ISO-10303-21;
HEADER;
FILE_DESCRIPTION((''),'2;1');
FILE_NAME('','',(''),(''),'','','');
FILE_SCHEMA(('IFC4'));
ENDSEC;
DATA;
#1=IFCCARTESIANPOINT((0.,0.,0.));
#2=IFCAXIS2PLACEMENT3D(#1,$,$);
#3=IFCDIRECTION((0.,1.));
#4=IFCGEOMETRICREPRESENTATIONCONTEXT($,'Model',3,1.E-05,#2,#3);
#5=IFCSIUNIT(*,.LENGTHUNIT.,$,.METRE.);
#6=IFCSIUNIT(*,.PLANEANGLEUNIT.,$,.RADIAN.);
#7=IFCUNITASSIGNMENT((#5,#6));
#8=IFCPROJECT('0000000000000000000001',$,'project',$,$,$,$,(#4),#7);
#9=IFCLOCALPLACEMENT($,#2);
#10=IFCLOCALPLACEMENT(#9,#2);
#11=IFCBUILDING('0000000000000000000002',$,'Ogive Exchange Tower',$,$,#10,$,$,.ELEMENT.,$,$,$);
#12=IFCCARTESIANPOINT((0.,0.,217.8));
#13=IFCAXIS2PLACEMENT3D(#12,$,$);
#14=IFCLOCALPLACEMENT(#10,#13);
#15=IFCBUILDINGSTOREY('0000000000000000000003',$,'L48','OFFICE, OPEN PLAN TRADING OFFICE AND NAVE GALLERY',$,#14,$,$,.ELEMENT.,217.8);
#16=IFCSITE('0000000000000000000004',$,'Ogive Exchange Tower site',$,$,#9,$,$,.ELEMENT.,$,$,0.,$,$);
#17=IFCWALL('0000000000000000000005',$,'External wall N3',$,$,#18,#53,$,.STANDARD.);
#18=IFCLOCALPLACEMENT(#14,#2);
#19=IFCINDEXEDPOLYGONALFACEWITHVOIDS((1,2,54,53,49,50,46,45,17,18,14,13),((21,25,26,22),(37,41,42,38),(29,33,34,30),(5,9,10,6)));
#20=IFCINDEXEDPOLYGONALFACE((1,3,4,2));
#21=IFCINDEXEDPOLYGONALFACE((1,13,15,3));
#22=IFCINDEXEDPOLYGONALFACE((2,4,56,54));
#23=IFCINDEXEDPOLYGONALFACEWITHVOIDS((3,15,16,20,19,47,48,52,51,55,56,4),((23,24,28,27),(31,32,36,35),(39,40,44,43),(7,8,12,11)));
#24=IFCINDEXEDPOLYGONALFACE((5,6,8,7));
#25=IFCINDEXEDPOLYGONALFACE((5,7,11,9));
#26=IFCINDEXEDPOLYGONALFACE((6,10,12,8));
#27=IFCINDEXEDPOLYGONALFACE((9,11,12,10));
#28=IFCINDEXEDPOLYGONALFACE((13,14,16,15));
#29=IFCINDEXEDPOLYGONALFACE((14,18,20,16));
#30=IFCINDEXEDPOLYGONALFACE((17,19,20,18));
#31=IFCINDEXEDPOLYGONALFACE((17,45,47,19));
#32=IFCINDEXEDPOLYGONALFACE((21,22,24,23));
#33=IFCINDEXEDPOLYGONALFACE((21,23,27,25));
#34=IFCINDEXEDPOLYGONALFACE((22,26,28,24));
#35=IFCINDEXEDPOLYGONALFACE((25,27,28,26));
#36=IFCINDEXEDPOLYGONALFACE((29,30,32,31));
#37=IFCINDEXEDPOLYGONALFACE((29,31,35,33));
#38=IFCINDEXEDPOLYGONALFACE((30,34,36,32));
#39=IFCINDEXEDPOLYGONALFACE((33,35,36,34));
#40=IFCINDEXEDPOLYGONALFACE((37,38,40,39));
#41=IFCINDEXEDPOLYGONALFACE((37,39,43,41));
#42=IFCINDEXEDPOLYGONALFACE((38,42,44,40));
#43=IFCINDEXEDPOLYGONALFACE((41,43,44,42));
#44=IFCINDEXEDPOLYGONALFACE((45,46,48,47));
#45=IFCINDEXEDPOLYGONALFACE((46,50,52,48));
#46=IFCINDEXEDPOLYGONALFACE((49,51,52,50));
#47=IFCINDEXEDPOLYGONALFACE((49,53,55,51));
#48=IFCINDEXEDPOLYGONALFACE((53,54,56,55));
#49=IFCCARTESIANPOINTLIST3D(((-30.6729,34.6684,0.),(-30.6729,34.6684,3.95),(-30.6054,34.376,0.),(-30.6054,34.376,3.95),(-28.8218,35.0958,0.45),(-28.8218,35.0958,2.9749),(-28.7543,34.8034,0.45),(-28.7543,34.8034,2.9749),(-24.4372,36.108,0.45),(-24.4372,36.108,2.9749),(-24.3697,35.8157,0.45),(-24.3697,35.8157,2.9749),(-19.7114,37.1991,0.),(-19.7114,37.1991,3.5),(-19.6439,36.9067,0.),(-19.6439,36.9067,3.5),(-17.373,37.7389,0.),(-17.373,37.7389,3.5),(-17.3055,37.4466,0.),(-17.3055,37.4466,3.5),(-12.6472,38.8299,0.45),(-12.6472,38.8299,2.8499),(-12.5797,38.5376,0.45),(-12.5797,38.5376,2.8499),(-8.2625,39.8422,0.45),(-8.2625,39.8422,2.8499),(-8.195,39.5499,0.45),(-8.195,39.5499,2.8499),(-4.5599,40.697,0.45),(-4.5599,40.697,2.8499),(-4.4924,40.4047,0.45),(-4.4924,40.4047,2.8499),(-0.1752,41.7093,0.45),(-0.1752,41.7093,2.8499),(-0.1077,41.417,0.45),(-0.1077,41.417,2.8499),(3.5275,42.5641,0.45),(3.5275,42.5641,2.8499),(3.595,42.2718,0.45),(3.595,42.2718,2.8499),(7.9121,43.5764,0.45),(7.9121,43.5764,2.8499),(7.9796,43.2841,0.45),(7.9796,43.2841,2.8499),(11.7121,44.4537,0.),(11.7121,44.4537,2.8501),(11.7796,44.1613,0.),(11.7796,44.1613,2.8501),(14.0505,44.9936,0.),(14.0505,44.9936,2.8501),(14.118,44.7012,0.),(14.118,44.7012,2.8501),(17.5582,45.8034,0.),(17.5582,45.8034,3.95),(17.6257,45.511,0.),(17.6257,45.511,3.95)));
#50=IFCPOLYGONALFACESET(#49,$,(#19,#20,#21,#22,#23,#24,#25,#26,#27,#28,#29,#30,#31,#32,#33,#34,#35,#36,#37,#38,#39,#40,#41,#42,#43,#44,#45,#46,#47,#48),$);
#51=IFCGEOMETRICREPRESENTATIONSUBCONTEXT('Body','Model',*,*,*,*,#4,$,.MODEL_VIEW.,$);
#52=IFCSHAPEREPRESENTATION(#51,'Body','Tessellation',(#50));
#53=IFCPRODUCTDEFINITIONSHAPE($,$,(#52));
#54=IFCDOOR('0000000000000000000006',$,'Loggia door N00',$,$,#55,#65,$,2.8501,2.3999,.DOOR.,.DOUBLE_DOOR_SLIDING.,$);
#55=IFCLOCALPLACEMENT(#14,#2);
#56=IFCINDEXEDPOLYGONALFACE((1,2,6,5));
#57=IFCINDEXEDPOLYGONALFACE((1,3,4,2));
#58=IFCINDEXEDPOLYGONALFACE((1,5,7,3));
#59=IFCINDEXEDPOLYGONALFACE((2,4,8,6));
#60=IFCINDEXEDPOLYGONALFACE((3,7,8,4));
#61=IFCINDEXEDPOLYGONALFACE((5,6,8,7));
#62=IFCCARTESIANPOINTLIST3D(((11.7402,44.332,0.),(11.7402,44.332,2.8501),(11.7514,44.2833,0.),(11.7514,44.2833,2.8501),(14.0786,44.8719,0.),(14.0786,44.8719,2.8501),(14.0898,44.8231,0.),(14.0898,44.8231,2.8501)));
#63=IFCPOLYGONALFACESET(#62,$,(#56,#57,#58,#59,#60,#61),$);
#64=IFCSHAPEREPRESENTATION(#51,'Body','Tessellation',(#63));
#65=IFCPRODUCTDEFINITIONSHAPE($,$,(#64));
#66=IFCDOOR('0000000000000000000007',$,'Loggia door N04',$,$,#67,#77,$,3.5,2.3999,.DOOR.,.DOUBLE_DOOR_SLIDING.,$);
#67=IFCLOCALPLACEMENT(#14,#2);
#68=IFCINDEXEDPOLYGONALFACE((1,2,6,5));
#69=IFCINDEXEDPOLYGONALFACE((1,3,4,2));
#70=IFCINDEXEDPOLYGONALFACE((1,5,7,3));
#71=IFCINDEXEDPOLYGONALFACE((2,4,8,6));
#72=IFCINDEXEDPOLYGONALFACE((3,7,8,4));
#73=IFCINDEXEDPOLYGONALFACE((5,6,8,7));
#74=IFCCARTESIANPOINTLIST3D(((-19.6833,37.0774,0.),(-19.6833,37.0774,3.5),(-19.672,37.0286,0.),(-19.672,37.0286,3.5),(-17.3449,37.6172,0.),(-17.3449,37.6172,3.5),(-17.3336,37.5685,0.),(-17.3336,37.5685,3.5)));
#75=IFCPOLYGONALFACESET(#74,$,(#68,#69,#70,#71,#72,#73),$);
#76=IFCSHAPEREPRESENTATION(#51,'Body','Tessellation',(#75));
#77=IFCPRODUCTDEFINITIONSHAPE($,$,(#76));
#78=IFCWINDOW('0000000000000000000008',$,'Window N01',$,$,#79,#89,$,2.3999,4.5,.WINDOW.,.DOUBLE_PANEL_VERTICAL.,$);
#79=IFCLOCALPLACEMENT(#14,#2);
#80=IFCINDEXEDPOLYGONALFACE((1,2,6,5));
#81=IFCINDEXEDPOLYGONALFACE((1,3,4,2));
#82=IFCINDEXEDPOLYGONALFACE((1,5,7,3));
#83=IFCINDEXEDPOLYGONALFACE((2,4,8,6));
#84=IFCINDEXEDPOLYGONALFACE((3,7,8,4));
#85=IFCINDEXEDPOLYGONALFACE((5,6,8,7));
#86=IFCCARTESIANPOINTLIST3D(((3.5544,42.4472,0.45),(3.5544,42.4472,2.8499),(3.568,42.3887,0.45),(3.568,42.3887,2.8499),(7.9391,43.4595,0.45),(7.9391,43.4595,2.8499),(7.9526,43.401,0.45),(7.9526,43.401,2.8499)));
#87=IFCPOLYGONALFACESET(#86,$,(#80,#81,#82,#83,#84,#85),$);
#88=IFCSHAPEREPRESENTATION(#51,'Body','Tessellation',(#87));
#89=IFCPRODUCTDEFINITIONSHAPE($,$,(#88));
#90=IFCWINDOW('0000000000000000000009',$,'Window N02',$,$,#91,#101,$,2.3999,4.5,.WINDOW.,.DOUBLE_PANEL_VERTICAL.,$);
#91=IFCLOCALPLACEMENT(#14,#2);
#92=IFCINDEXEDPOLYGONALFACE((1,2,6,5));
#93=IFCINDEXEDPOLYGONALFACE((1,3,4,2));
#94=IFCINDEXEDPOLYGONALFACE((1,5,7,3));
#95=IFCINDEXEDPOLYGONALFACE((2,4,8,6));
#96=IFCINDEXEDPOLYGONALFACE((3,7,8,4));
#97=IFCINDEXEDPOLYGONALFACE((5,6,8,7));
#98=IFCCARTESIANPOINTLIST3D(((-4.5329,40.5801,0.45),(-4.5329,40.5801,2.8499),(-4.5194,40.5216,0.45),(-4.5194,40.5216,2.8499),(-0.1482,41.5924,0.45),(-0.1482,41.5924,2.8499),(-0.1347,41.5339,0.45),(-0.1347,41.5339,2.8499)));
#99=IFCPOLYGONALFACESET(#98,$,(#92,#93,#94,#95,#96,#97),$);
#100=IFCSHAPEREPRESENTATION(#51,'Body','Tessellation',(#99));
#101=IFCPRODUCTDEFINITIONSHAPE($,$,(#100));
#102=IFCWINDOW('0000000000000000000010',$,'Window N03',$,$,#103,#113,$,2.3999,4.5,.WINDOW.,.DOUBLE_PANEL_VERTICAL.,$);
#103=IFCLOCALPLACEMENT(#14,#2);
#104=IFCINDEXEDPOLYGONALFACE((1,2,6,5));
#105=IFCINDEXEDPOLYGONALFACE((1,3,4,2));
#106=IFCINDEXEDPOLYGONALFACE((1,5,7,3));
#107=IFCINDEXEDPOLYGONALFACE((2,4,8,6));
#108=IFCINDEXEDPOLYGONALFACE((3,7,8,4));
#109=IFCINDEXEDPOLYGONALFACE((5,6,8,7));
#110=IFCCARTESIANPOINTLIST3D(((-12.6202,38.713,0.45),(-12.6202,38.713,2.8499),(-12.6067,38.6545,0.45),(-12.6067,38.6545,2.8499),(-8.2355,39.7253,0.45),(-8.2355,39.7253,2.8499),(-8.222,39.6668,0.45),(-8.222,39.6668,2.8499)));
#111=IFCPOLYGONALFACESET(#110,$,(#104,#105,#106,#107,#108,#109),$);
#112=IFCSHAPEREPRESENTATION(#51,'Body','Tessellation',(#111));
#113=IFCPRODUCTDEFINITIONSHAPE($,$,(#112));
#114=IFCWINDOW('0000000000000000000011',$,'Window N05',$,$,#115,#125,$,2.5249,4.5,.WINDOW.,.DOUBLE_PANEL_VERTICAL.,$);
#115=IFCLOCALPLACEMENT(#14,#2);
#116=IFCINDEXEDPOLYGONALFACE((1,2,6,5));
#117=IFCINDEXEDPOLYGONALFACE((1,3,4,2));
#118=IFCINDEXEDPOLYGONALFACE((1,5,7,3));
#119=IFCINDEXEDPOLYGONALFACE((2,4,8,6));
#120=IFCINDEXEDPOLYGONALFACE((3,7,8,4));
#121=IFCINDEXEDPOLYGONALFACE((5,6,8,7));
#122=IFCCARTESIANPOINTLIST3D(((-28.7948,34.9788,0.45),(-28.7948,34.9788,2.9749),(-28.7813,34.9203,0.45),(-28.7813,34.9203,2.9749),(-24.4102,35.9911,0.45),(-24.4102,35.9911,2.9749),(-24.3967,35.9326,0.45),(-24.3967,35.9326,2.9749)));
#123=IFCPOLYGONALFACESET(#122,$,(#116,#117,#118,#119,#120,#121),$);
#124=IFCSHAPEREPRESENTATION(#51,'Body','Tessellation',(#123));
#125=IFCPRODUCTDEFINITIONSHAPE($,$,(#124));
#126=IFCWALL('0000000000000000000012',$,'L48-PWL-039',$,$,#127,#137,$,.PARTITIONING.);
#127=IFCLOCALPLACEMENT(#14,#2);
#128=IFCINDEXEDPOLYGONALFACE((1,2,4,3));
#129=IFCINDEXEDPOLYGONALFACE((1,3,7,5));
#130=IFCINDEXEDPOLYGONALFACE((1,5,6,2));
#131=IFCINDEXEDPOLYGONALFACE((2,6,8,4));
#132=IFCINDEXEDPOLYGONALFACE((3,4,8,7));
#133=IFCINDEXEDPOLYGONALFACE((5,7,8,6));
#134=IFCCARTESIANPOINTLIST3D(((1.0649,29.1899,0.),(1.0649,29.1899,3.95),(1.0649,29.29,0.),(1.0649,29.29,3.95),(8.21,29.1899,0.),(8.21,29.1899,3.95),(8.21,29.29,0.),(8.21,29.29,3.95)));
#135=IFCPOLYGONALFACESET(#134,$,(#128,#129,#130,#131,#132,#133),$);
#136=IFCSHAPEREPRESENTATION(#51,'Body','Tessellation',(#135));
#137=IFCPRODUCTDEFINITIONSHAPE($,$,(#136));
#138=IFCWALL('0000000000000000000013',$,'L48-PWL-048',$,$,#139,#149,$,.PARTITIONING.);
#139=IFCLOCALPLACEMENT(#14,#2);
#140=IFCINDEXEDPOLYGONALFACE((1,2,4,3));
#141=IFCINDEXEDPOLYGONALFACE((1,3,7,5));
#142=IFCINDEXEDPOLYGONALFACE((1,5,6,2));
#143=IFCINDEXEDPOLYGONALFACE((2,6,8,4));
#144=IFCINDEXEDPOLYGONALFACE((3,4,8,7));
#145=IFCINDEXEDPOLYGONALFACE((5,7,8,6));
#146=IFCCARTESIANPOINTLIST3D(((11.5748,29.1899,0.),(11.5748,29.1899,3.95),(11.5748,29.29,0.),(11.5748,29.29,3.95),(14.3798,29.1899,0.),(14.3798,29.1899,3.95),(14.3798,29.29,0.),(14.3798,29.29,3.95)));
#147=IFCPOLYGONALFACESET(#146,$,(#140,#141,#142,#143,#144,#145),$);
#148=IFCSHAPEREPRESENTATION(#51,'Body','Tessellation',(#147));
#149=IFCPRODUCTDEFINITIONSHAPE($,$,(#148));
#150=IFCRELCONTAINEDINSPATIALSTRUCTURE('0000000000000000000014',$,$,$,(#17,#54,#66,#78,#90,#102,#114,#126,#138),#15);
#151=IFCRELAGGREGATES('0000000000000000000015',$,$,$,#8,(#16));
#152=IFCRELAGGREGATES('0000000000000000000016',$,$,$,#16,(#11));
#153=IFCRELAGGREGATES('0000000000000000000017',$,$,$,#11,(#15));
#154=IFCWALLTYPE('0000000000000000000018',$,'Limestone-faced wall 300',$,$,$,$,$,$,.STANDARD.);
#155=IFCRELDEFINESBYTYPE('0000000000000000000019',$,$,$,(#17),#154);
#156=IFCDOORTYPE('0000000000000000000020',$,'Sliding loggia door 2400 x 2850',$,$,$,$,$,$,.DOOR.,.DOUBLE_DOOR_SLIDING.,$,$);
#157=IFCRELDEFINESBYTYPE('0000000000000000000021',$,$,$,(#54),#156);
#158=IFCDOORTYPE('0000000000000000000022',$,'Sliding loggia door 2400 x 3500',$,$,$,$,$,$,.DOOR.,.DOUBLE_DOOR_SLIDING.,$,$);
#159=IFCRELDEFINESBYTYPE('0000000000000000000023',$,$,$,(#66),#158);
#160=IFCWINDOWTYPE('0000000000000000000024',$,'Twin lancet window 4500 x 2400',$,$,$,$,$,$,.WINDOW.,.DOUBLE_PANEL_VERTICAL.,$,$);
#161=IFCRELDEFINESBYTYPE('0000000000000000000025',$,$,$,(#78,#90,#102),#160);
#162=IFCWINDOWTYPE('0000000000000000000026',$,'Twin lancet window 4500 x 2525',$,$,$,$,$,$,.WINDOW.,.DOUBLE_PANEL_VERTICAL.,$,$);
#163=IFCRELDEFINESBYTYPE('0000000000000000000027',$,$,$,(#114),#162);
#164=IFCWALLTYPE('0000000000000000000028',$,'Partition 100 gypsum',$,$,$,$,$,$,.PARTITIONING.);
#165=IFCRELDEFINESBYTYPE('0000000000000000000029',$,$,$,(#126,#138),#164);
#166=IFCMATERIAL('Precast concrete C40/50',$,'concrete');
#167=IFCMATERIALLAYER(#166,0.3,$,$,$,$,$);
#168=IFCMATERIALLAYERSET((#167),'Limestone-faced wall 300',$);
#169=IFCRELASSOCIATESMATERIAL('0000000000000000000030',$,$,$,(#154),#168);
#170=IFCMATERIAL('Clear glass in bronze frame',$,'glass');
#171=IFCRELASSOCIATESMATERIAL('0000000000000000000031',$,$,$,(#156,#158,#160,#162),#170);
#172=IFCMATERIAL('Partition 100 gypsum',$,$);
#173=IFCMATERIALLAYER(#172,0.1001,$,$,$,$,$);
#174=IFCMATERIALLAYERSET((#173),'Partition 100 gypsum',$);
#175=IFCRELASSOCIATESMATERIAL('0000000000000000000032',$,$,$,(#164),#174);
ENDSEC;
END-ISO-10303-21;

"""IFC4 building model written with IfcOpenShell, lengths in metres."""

from ifc_helpers import new_model, si_unit, direction, frame, frame_2d, origin, place, context, subcontext, project, spatial, rectangle, extrude, material, layer, layer_set, type_object, element, fill, save


model = new_model("IFC4")

# Units and contexts
model_context = context("Model", 3, precision=1e-05, world=origin(), true_north=direction((0.0, 1.0)))
body_context = subcontext(model_context, "Body", "Model", "MODEL_VIEW")
ifc_project = project(units=[si_unit("LENGTHUNIT", "METRE"), si_unit("PLANEANGLEUNIT", "RADIAN")], contexts=[model_context])

# Site, building, storey
site_placement = place(None, origin())
site = spatial("IfcSite", under=ifc_project, at=site_placement, Name="Ogive Exchange Tower site", CompositionType="ELEMENT", RefElevation=0.0)
building_placement = place(site_placement, origin())
building = spatial("IfcBuilding", under=site, at=building_placement, Name="Ogive Exchange Tower", CompositionType="ELEMENT")
storey_placement = place(building_placement, frame((0.0, 0.0, 217.8)))
storey = spatial("IfcBuildingStorey", under=building, at=storey_placement, Name="L48", Description="OFFICE, OPEN PLAN TRADING OFFICE AND NAVE GALLERY", CompositionType="ELEMENT", Elevation=217.8)

# Wall, openings, doors, windows
ifc_material_1 = material(Name="Precast concrete C40/50", Category="concrete")
ifc_layer_1 = layer(ifc_material_1, 0.3)
ifc_layer_set_1 = layer_set([ifc_layer_1], Name="Limestone-faced wall 300")
wall_type_1 = type_object("IfcWallType", Name="Limestone-faced wall 300", PredefinedType="STANDARD", material=ifc_layer_set_1)
wall_1_placement = place(storey_placement, frame((17.592, 45.6572, 0.0), z_axis=(0.0, 0.0, 1.0), x_axis=(-0.97437, -0.22495, 0.0)))
wall_1 = element("IfcWall", 1, at=wall_1_placement, inside=storey, type_object=wall_type_1, Name="External wall N3", PredefinedType="STANDARD", context=body_context, shape_type="SweptSolid", body=[
    extrude(rectangle(XDim=49.4998, YDim=0.3, at=frame_2d((24.75, 0.0))), origin(), (0.0, 0.0, 1.0), 3.95),
])
opening_1_placement = place(wall_1_placement, frame((3.6001, 0.0, 0.0)))
opening_1 = element("IfcOpeningElement", 2, at=opening_1_placement, cuts=wall_1, PredefinedType="OPENING", context=body_context, shape_type="SweptSolid", body=[
    extrude(rectangle(XDim=2.3999, YDim=2.8501, at=frame_2d((1.2, 1.425))), frame((0.0, 0.1599, 0.0), z_axis=(0.0, -1.0, 0.0), x_axis=(1.0, 0.0, 0.0)), (0.0, 0.0, 1.0), 0.3201),
])
opening_2_placement = place(wall_1_placement, frame((9.8999, 0.0, 0.45)))
opening_2 = element("IfcOpeningElement", 3, at=opening_2_placement, cuts=wall_1, PredefinedType="OPENING", context=body_context, shape_type="SweptSolid", body=[
    extrude(rectangle(XDim=4.5, YDim=2.3999, at=frame_2d((2.25, 1.2))), frame((0.0, 0.1599, 0.0), z_axis=(0.0, -1.0, 0.0), x_axis=(1.0, 0.0, 0.0)), (0.0, 0.0, 1.0), 0.3201),
])
opening_3_placement = place(wall_1_placement, frame((18.2, 0.0, 0.45)))
opening_3 = element("IfcOpeningElement", 4, at=opening_3_placement, cuts=wall_1, PredefinedType="OPENING", context=body_context, shape_type="SweptSolid", body=[
    extrude(rectangle(XDim=4.5, YDim=2.3999, at=frame_2d((2.25, 1.2))), frame((0.0, 0.1599, 0.0), z_axis=(0.0, -1.0, 0.0), x_axis=(1.0, 0.0, 0.0)), (0.0, 0.0, 1.0), 0.3201),
])
opening_4_placement = place(wall_1_placement, frame((26.5, 0.0, 0.45)))
opening_4 = element("IfcOpeningElement", 5, at=opening_4_placement, cuts=wall_1, PredefinedType="OPENING", context=body_context, shape_type="SweptSolid", body=[
    extrude(rectangle(XDim=4.5, YDim=2.3999, at=frame_2d((2.25, 1.2))), frame((0.0, 0.1599, 0.0), z_axis=(0.0, -1.0, 0.0), x_axis=(1.0, 0.0, 0.0)), (0.0, 0.0, 1.0), 0.3201),
])
opening_5_placement = place(wall_1_placement, frame((35.8501, 0.0, 0.0)))
opening_5 = element("IfcOpeningElement", 6, at=opening_5_placement, cuts=wall_1, PredefinedType="OPENING", context=body_context, shape_type="SweptSolid", body=[
    extrude(rectangle(XDim=2.3999, YDim=3.5, at=frame_2d((1.2, 1.75))), frame((0.0, 0.1599, 0.0), z_axis=(0.0, -1.0, 0.0), x_axis=(1.0, 0.0, 0.0)), (0.0, 0.0, 1.0), 0.3201),
])
opening_6_placement = place(wall_1_placement, frame((43.1001, 0.0, 0.45)))
opening_6 = element("IfcOpeningElement", 7, at=opening_6_placement, cuts=wall_1, PredefinedType="OPENING", context=body_context, shape_type="SweptSolid", body=[
    extrude(rectangle(XDim=4.5, YDim=2.5249, at=frame_2d((2.25, 1.2625))), frame((0.0, 0.1599, 0.0), z_axis=(0.0, -1.0, 0.0), x_axis=(1.0, 0.0, 0.0)), (0.0, 0.0, 1.0), 0.3201),
])
ifc_material_2 = material(Name="Clear glass in bronze frame", Category="glass")
door_type_1 = type_object("IfcDoorType", Name="Sliding loggia door 2400 x 2850", OperationType="DOUBLE_DOOR_SLIDING", PredefinedType="DOOR", material=ifc_material_2)
door_1_placement = place(opening_1_placement, origin())
door_1 = element("IfcDoor", 8, at=door_1_placement, inside=storey, type_object=door_type_1, Name="Loggia door N00", OperationType="DOUBLE_DOOR_SLIDING", OverallHeight=2.8501, OverallWidth=2.3999, PredefinedType="DOOR", context=body_context, shape_type="SweptSolid", body=[
    extrude(rectangle(XDim=2.3999, YDim=2.8501, at=frame_2d((1.2, 1.425))), frame((0.0, 0.0249, 0.0), z_axis=(0.0, -1.0, 0.0), x_axis=(1.0, 0.0, 0.0)), (0.0, 0.0, 1.0), 0.05),
])
fill(opening_1, door_1)
door_type_2 = type_object("IfcDoorType", Name="Sliding loggia door 2400 x 3500", OperationType="DOUBLE_DOOR_SLIDING", PredefinedType="DOOR", material=ifc_material_2)
door_2_placement = place(opening_5_placement, origin())
door_2 = element("IfcDoor", 9, at=door_2_placement, inside=storey, type_object=door_type_2, Name="Loggia door N04", OperationType="DOUBLE_DOOR_SLIDING", OverallHeight=3.5, OverallWidth=2.3999, PredefinedType="DOOR", context=body_context, shape_type="SweptSolid", body=[
    extrude(rectangle(XDim=2.3999, YDim=3.5, at=frame_2d((1.2, 1.75))), frame((0.0, 0.0249, 0.0), z_axis=(0.0, -1.0, 0.0), x_axis=(1.0, 0.0, 0.0)), (0.0, 0.0, 1.0), 0.05),
])
fill(opening_5, door_2)
window_type_1 = type_object("IfcWindowType", Name="Twin lancet window 4500 x 2400", PartitioningType="DOUBLE_PANEL_VERTICAL", PredefinedType="WINDOW", material=ifc_material_2)
window_1_placement = place(opening_2_placement, origin())
window_1 = element("IfcWindow", 10, at=window_1_placement, inside=storey, type_object=window_type_1, Name="Window N01", OverallHeight=2.3999, OverallWidth=4.5, PartitioningType="DOUBLE_PANEL_VERTICAL", PredefinedType="WINDOW", context=body_context, shape_type="SweptSolid", body=[
    extrude(rectangle(XDim=4.5, YDim=2.3999, at=frame_2d((2.25, 1.2))), frame((0.0, 0.03, 0.0), z_axis=(0.0, -1.0, 0.0), x_axis=(1.0, 0.0, 0.0)), (0.0, 0.0, 1.0), 0.0601),
])
fill(opening_2, window_1)
window_2_placement = place(opening_3_placement, origin())
window_2 = element("IfcWindow", 11, at=window_2_placement, inside=storey, type_object=window_type_1, Name="Window N02", OverallHeight=2.3999, OverallWidth=4.5, PartitioningType="DOUBLE_PANEL_VERTICAL", PredefinedType="WINDOW", context=body_context, shape_type="SweptSolid", body=[
    extrude(rectangle(XDim=4.5, YDim=2.3999, at=frame_2d((2.25, 1.2))), frame((0.0, 0.03, 0.0), z_axis=(0.0, -1.0, 0.0), x_axis=(1.0, 0.0, 0.0)), (0.0, 0.0, 1.0), 0.0601),
])
fill(opening_3, window_2)
window_3_placement = place(opening_4_placement, origin())
window_3 = element("IfcWindow", 12, at=window_3_placement, inside=storey, type_object=window_type_1, Name="Window N03", OverallHeight=2.3999, OverallWidth=4.5, PartitioningType="DOUBLE_PANEL_VERTICAL", PredefinedType="WINDOW", context=body_context, shape_type="SweptSolid", body=[
    extrude(rectangle(XDim=4.5, YDim=2.3999, at=frame_2d((2.25, 1.2))), frame((0.0, 0.03, 0.0), z_axis=(0.0, -1.0, 0.0), x_axis=(1.0, 0.0, 0.0)), (0.0, 0.0, 1.0), 0.0601),
])
fill(opening_4, window_3)
window_type_2 = type_object("IfcWindowType", Name="Twin lancet window 4500 x 2525", PartitioningType="DOUBLE_PANEL_VERTICAL", PredefinedType="WINDOW", material=ifc_material_2)
window_4_placement = place(opening_6_placement, origin())
window_4 = element("IfcWindow", 13, at=window_4_placement, inside=storey, type_object=window_type_2, Name="Window N05", OverallHeight=2.5249, OverallWidth=4.5, PartitioningType="DOUBLE_PANEL_VERTICAL", PredefinedType="WINDOW", context=body_context, shape_type="SweptSolid", body=[
    extrude(rectangle(XDim=4.5, YDim=2.5249, at=frame_2d((2.25, 1.2625))), frame((0.0, 0.03, 0.0), z_axis=(0.0, -1.0, 0.0), x_axis=(1.0, 0.0, 0.0)), (0.0, 0.0, 1.0), 0.0601),
])
fill(opening_6, window_4)

# Walls
ifc_material_3 = material(Name="Partition 100 gypsum")
ifc_layer_2 = layer(ifc_material_3, 0.1001)
ifc_layer_set_2 = layer_set([ifc_layer_2], Name="Partition 100 gypsum")
wall_type_2 = type_object("IfcWallType", Name="Partition 100 gypsum", PredefinedType="PARTITIONING", material=ifc_layer_set_2)
wall_2_placement = place(storey_placement, frame((1.0649, 29.24, 0.0), z_axis=(0.0, 0.0, 1.0), x_axis=(1.0, 0.0, 0.0)))
element("IfcWall", 14, at=wall_2_placement, inside=storey, type_object=wall_type_2, Name="L48-PWL-039", PredefinedType="PARTITIONING", context=body_context, shape_type="SweptSolid", body=[
    extrude(rectangle(XDim=7.145, YDim=0.1001, at=frame_2d((3.5725, 0.0))), origin(), (0.0, 0.0, 1.0), 3.95),
])
wall_3_placement = place(storey_placement, frame((11.575, 29.24, 0.0), z_axis=(0.0, 0.0, 1.0), x_axis=(1.0, 0.0, 0.0)))
element("IfcWall", 15, at=wall_3_placement, inside=storey, type_object=wall_type_2, Name="L48-PWL-048", PredefinedType="PARTITIONING", context=body_context, shape_type="SweptSolid", body=[
    extrude(rectangle(XDim=2.8049, YDim=0.1001, at=frame_2d((1.4023, 0.0))), origin(), (0.0, 0.0, 1.0), 3.95),
])

save(model, "model.ifc")
